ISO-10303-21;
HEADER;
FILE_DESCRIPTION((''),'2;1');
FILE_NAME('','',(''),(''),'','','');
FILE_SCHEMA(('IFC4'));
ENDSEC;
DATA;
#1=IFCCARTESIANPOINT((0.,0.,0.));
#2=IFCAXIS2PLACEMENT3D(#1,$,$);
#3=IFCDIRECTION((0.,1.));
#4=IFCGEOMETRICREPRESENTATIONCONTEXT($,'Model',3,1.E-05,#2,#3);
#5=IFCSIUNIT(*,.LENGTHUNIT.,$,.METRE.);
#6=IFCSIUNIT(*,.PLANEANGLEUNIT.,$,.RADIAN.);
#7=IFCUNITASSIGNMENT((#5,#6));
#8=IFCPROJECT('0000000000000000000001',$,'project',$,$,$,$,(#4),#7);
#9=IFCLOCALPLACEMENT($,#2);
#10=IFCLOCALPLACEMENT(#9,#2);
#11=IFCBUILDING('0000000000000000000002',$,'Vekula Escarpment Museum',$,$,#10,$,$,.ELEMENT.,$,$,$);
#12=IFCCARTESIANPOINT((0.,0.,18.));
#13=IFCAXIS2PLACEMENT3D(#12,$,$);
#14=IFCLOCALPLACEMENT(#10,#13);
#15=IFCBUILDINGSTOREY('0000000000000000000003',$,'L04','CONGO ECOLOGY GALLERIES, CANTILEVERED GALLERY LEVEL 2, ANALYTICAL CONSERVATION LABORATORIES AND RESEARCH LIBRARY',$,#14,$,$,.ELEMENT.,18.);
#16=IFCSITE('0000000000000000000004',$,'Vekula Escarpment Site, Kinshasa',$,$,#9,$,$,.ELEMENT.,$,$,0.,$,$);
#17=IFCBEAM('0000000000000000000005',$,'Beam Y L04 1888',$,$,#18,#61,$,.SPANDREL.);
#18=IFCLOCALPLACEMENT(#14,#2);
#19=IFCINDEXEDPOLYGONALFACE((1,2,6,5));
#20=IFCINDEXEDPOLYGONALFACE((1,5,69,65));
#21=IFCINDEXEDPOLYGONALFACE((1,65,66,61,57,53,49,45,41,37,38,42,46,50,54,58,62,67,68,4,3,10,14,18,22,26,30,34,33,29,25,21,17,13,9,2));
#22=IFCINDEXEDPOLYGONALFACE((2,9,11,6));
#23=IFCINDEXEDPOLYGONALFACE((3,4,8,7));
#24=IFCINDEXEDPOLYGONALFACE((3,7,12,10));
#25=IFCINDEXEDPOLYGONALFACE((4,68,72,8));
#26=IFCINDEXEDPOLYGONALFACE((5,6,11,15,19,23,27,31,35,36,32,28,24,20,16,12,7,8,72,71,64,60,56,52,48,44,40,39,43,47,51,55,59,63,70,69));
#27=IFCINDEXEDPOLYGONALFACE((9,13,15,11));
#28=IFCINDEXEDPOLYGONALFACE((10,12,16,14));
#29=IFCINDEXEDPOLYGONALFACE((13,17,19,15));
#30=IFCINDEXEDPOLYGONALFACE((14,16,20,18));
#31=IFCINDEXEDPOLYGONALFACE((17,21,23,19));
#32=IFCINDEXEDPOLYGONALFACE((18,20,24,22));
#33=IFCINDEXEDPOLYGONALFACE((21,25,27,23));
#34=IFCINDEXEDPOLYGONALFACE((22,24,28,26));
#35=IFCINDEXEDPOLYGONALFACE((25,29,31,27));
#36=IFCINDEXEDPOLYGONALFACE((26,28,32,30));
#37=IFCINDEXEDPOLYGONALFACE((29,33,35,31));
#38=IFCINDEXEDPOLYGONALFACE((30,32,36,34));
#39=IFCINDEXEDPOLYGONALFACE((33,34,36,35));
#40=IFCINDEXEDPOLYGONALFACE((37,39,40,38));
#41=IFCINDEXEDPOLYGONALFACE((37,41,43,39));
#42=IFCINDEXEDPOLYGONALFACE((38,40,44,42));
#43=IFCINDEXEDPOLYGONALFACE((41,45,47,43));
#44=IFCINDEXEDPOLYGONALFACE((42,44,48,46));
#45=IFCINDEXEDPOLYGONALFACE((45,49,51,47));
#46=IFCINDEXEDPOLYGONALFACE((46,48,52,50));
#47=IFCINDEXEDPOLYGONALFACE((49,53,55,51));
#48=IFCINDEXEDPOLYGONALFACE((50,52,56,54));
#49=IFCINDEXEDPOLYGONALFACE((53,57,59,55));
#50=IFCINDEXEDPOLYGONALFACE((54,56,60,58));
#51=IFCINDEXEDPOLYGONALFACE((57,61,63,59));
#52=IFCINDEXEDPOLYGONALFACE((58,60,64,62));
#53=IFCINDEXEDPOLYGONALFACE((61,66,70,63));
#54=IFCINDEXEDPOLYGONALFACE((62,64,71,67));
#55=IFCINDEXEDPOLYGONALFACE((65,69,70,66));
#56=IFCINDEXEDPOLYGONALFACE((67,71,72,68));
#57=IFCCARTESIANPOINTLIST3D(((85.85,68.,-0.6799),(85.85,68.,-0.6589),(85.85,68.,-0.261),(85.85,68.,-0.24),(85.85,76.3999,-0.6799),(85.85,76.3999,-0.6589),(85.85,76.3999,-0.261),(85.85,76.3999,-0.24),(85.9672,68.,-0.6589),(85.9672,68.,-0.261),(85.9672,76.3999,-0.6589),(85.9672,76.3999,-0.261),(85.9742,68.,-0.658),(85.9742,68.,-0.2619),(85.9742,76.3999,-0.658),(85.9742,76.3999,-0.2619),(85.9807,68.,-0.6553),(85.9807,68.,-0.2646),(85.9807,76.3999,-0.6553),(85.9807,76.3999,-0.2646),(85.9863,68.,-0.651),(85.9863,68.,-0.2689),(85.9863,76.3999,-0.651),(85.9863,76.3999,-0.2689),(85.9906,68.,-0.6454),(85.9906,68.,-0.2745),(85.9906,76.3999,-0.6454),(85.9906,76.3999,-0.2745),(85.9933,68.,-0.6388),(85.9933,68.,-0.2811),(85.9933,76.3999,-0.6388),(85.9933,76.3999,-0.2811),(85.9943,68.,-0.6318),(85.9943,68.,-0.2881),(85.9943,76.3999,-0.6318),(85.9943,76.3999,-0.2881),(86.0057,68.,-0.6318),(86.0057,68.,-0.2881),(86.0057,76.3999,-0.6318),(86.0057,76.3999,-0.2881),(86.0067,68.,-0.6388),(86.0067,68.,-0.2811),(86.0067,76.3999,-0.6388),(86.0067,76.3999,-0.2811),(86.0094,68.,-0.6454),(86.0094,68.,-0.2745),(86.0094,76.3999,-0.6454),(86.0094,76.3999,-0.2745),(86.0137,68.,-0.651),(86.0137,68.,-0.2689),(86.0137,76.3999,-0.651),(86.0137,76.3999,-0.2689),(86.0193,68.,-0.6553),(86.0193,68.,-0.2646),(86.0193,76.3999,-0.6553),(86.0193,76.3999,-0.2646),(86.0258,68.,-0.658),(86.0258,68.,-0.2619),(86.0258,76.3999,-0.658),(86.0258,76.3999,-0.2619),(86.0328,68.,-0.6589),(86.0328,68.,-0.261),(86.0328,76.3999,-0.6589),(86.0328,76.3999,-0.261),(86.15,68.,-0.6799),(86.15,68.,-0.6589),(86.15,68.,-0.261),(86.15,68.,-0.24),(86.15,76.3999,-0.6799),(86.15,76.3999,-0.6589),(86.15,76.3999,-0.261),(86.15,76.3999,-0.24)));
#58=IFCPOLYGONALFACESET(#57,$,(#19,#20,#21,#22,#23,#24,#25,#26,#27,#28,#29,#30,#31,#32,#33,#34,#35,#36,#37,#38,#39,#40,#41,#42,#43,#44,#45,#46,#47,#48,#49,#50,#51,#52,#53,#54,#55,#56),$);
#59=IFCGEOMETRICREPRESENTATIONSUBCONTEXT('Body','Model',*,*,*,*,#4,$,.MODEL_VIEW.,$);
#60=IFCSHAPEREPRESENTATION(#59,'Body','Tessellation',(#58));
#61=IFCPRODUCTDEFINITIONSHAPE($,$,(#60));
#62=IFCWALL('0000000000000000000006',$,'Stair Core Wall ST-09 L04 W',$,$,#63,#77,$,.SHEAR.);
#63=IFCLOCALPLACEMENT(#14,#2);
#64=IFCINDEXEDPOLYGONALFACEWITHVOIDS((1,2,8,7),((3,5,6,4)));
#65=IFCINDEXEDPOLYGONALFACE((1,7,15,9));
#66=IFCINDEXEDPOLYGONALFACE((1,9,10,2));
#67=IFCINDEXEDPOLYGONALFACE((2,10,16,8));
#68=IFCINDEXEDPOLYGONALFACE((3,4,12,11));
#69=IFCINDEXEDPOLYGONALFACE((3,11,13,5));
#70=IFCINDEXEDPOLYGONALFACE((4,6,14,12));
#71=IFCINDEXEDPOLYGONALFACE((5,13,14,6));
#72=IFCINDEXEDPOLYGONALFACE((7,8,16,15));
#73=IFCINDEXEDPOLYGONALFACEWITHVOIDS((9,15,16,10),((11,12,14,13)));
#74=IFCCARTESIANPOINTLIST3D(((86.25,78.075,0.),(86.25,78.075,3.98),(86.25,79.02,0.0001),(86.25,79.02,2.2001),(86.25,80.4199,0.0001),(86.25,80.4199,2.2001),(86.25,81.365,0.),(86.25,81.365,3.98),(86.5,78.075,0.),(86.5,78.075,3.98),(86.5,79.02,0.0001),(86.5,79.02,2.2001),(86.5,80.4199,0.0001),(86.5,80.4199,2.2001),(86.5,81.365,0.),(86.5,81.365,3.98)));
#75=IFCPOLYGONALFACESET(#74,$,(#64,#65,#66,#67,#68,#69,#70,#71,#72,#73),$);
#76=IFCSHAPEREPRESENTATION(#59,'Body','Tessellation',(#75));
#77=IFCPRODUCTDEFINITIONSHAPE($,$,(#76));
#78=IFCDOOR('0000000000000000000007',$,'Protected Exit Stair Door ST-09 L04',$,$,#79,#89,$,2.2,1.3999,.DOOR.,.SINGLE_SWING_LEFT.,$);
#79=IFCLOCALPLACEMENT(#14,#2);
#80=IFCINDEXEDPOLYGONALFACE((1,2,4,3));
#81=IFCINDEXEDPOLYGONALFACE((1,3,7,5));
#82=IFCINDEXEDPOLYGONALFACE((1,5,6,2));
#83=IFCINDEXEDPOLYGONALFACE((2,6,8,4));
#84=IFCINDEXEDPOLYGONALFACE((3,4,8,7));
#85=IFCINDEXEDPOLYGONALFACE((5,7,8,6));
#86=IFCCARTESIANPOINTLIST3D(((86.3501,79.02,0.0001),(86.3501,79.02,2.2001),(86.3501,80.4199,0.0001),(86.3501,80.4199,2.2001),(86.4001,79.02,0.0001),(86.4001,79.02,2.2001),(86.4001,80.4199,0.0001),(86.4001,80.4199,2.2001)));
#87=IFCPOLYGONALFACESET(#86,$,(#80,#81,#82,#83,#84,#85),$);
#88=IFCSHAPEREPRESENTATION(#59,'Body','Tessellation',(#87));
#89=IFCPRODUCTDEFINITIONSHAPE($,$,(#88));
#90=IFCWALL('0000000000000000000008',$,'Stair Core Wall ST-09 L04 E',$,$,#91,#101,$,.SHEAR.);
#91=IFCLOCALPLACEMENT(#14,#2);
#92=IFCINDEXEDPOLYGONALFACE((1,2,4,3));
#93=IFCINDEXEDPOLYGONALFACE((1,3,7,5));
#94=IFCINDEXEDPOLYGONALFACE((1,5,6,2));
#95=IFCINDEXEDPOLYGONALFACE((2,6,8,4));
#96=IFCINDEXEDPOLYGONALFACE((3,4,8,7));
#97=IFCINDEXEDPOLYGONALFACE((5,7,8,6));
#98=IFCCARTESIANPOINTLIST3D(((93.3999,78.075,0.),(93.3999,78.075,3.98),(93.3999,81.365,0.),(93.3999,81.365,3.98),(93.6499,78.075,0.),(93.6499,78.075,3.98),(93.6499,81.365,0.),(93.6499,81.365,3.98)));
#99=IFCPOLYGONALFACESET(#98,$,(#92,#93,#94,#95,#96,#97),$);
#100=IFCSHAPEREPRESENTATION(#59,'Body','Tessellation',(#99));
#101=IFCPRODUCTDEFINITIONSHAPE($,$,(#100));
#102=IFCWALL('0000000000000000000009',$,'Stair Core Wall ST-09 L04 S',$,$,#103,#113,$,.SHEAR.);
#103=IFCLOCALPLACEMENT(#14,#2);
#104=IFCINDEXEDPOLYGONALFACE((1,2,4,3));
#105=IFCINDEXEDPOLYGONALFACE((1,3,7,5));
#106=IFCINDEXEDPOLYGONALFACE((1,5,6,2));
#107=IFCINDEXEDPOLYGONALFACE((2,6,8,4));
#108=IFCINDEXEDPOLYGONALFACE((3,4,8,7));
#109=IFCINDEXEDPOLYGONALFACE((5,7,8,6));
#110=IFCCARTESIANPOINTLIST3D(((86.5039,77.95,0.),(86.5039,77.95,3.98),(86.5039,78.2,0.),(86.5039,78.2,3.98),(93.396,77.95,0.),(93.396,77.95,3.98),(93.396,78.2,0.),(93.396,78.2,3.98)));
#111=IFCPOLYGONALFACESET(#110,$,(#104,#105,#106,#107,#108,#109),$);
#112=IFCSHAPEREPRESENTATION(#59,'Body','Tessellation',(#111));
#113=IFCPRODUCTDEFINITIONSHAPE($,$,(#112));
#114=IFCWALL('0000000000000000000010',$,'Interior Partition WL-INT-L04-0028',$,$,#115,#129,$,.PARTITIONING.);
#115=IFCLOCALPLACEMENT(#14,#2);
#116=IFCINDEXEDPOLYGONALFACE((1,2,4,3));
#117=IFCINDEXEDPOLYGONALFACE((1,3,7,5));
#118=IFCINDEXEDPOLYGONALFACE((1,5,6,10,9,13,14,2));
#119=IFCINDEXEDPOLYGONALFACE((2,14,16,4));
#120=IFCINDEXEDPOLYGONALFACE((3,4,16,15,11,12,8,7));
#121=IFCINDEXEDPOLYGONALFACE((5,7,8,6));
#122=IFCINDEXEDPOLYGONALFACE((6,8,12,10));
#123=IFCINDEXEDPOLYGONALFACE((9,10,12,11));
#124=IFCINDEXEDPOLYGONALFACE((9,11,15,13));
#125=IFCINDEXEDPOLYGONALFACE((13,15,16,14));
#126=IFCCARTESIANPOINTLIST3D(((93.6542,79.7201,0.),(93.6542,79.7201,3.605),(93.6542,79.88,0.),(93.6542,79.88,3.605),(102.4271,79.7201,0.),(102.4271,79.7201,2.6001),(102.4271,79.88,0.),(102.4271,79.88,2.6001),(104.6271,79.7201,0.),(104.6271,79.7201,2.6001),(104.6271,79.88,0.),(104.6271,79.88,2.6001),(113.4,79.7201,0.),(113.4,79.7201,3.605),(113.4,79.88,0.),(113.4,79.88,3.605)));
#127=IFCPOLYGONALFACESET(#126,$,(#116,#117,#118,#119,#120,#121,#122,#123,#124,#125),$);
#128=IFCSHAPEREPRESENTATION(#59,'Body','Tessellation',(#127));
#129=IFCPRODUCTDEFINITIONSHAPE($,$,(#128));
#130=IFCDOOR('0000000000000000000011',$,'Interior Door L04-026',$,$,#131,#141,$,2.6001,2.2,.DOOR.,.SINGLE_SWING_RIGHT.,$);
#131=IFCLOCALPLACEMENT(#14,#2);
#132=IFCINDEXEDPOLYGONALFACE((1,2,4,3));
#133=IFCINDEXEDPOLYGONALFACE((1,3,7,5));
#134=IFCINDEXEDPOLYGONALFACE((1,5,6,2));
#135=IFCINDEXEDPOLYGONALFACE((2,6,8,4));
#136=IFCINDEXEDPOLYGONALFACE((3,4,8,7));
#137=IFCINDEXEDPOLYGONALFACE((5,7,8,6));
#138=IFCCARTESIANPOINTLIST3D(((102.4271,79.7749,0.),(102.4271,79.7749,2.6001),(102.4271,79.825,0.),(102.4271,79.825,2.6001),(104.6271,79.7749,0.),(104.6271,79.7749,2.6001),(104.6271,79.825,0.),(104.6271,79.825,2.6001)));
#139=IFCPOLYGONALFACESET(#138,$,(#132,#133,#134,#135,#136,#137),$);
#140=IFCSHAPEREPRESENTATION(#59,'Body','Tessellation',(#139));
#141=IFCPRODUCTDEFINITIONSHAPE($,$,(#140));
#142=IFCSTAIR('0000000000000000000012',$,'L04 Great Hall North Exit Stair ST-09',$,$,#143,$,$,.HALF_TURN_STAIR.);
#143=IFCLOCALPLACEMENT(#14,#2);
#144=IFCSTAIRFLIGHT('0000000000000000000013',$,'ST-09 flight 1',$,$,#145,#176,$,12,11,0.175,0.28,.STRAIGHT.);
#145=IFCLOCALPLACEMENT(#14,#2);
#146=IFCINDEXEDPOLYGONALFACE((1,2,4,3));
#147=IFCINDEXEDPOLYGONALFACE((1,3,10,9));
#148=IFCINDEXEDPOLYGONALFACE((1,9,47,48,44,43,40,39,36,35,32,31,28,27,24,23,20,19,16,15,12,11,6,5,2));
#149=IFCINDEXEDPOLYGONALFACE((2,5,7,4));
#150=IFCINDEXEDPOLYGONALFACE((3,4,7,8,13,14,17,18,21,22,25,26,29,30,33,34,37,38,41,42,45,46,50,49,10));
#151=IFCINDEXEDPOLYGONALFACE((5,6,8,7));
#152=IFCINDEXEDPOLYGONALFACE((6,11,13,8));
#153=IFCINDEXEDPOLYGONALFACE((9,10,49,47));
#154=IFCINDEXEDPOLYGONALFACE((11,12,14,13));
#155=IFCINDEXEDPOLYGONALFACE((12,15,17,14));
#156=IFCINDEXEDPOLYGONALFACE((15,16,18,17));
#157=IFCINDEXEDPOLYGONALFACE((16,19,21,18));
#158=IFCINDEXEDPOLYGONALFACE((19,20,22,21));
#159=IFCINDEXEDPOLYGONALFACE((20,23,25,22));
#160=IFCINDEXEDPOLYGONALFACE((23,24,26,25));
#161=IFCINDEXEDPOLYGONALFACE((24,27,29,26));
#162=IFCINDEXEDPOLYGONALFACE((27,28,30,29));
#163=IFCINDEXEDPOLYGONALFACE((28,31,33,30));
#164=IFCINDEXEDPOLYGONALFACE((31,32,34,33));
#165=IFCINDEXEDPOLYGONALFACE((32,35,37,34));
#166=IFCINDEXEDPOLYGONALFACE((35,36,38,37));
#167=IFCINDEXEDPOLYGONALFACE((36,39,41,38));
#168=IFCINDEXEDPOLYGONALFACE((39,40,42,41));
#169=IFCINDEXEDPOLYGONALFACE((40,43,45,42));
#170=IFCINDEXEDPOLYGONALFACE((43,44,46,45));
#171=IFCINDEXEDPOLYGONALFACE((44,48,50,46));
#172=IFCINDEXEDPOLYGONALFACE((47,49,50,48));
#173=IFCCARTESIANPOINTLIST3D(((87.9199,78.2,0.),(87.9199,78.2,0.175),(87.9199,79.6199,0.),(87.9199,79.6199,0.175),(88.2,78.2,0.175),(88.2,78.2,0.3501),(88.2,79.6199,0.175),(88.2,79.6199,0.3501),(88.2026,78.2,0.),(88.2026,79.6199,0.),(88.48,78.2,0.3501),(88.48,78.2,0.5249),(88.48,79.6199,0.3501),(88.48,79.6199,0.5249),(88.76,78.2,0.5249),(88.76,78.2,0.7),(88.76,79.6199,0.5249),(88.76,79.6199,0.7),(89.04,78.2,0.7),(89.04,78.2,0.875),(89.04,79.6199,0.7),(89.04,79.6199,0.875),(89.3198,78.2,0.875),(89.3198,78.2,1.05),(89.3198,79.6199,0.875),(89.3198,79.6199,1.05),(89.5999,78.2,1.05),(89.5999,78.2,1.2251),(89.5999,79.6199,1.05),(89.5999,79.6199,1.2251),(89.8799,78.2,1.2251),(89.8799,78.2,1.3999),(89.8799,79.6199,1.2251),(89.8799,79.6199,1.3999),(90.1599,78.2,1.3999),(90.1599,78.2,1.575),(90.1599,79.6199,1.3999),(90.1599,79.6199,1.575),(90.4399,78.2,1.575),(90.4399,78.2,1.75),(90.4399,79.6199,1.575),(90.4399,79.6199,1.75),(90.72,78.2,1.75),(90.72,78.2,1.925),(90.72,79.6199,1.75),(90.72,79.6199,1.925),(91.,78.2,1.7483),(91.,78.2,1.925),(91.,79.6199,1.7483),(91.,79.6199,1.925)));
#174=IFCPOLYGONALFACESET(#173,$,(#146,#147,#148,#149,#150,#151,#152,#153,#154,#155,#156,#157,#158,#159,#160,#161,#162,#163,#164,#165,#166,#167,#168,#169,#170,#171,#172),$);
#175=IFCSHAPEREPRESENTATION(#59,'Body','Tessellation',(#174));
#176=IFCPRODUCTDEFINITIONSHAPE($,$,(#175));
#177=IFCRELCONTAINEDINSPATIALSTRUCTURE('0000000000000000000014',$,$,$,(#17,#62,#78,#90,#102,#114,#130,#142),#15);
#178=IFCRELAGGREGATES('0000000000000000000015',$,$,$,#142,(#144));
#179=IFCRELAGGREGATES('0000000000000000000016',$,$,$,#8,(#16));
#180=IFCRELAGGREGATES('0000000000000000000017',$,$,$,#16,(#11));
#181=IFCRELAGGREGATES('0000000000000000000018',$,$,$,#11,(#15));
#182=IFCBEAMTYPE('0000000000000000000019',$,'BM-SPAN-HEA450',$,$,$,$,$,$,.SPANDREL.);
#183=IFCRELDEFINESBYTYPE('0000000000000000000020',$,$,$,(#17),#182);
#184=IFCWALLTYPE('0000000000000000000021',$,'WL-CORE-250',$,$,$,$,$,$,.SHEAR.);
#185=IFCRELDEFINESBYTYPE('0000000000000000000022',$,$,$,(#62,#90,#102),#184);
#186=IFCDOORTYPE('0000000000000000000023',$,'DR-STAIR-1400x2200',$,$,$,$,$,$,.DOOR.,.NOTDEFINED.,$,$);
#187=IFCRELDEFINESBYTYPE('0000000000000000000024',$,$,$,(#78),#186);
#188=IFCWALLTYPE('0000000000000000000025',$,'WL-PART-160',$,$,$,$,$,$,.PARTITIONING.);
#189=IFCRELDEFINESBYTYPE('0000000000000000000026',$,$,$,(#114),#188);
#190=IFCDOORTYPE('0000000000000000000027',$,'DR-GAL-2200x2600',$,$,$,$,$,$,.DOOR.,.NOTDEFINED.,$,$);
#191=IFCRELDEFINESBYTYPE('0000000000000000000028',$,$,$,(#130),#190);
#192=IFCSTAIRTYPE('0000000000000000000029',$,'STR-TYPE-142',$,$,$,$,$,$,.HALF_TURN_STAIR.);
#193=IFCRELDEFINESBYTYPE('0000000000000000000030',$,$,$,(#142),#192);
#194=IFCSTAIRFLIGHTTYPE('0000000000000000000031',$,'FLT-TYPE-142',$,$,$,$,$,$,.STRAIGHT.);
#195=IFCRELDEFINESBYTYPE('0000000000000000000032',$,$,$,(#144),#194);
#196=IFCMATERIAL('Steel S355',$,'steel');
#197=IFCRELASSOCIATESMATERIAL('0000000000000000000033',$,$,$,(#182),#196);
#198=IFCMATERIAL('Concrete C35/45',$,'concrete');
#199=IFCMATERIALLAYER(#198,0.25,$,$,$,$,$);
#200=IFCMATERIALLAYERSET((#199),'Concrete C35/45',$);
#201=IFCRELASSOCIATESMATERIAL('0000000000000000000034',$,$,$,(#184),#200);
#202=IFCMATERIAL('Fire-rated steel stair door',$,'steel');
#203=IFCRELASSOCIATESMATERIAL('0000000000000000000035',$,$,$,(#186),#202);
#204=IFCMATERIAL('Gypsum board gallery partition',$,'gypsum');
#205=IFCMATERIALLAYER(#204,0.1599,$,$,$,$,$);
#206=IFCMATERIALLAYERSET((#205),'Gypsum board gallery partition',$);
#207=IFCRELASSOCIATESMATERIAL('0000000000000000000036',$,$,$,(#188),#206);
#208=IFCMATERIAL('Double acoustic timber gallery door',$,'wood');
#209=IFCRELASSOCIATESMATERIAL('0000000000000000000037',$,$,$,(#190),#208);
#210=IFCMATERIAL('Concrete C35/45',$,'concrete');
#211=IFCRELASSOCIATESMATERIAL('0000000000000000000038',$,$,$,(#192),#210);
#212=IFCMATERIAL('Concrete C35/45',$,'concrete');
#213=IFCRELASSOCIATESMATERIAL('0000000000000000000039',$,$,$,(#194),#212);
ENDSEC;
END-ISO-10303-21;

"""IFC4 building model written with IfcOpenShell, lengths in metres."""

from ifc_helpers import new_model, si_unit, direction, frame, frame_2d, origin, origin_2d, place, context, subcontext, project, spatial, polyline, rectangle, i_section, outline, extrude, material, layer, layer_set, material_profile, profile_set, type_object, element, fill, aggregate, save


model = new_model("IFC4")

# Units and contexts
model_context = context("Model", 3, precision=1e-05, world=origin(), true_north=direction((0.0, 1.0)))
body_context = subcontext(model_context, "Body", "Model", "MODEL_VIEW")
ifc_project = project(units=[si_unit("LENGTHUNIT", "METRE"), si_unit("PLANEANGLEUNIT", "RADIAN")], contexts=[model_context])

# Site, building, storey
site_placement = place(None, origin())
site = spatial("IfcSite", under=ifc_project, at=site_placement, Name="Vekula Escarpment Site, Kinshasa", CompositionType="ELEMENT", RefElevation=0.0)
building_placement = place(site_placement, origin())
building = spatial("IfcBuilding", under=site, at=building_placement, Name="Vekula Escarpment Museum", CompositionType="ELEMENT")
storey_placement = place(building_placement, frame((0.0, 0.0, 18.0)))
storey = spatial("IfcBuildingStorey", under=building, at=storey_placement, Name="L04", Description="CONGO ECOLOGY GALLERIES, CANTILEVERED GALLERY LEVEL 2, ANALYTICAL CONSERVATION LABORATORIES AND RESEARCH LIBRARY", CompositionType="ELEMENT", Elevation=18.0)

# Beam
ifc_material_1 = material(Name="Steel S355", Category="steel")
ifc_material_profile_1 = material_profile(ifc_material_1, i_section(OverallWidth=0.3, OverallDepth=0.4399, WebThickness=0.0115, FlangeThickness=0.021, FilletRadius=0.0271, at=origin_2d()), Name="HEA 450")
ifc_profile_set_1 = profile_set([ifc_material_profile_1], Name="Steel S355")
beam_type_1 = type_object("IfcBeamType", Name="BM-SPAN-HEA450", PredefinedType="SPANDREL", material=ifc_profile_set_1)
beam_1_placement = place(storey_placement, frame((86.0, 68.0, -0.46), z_axis=(0.0, 1.0, 0.0), x_axis=(-1.0, 0.0, 0.0)))
element("IfcBeam", 1, at=beam_1_placement, inside=storey, type_object=beam_type_1, Name="Beam Y L04 1888", PredefinedType="SPANDREL", context=body_context, shape_type="SweptSolid", body=[
    extrude(i_section(OverallWidth=0.3, OverallDepth=0.4399, WebThickness=0.0115, FlangeThickness=0.021, FilletRadius=0.0271, at=origin_2d()), origin(), (0.0, 0.0, 1.0), 8.3999),
])

# Wall, opening, door
ifc_material_2 = material(Name="Concrete C35/45", Category="concrete")
ifc_layer_1 = layer(ifc_material_2, 0.25)
ifc_layer_set_1 = layer_set([ifc_layer_1], Name="Concrete C35/45")
wall_type_1 = type_object("IfcWallType", Name="WL-CORE-250", PredefinedType="SHEAR", material=ifc_layer_set_1)
wall_1_placement = place(storey_placement, frame((86.375, 78.075, 0.0), z_axis=(0.0, 0.0, 1.0), x_axis=(0.0, 1.0, 0.0)))
wall_1 = element("IfcWall", 2, at=wall_1_placement, inside=storey, type_object=wall_type_1, Name="Stair Core Wall ST-09 L04 W", PredefinedType="SHEAR", context=body_context, shape_type="SweptSolid", body=[
    extrude(rectangle(XDim=3.29, YDim=0.25, at=frame_2d((1.645, 0.0))), origin(), (0.0, 0.0, 1.0), 3.98),
])
opening_1_placement = place(wall_1_placement, frame((0.9451, 0.0, 0.0)))
opening_1 = element("IfcOpeningElement", 3, at=opening_1_placement, cuts=wall_1, PredefinedType="OPENING", context=body_context, shape_type="SweptSolid", body=[
    extrude(rectangle(XDim=1.3999, YDim=2.2, at=frame_2d((0.7, 1.1001))), frame((0.0, 0.135, 0.0), z_axis=(0.0, -1.0, 0.0), x_axis=(1.0, 0.0, 0.0)), (0.0, 0.0, 1.0), 0.27),
])
ifc_material_3 = material(Name="Fire-rated steel stair door", Category="steel")
door_type_1 = type_object("IfcDoorType", Name="DR-STAIR-1400x2200", OperationType="NOTDEFINED", PredefinedType="DOOR", material=ifc_material_3)
door_1_placement = place(opening_1_placement, origin())
door_1 = element("IfcDoor", 4, at=door_1_placement, inside=storey, type_object=door_type_1, Name="Protected Exit Stair Door ST-09 L04", OperationType="SINGLE_SWING_LEFT", OverallHeight=2.2, OverallWidth=1.3999, PredefinedType="DOOR", context=body_context, shape_type="SweptSolid", body=[
    extrude(rectangle(XDim=1.3999, YDim=2.2, at=frame_2d((0.7, 1.1001))), frame((0.0, 0.0249, 0.0), z_axis=(0.0, -1.0, 0.0), x_axis=(1.0, 0.0, 0.0)), (0.0, 0.0, 1.0), 0.05),
])
fill(opening_1, door_1)

# Walls
wall_2_placement = place(storey_placement, frame((93.5249, 78.075, 0.0), z_axis=(0.0, 0.0, 1.0), x_axis=(0.0, 1.0, 0.0)))
element("IfcWall", 5, at=wall_2_placement, inside=storey, type_object=wall_type_1, Name="Stair Core Wall ST-09 L04 E", PredefinedType="SHEAR", context=body_context, shape_type="SweptSolid", body=[
    extrude(rectangle(XDim=3.29, YDim=0.25, at=frame_2d((1.645, 0.0))), origin(), (0.0, 0.0, 1.0), 3.98),
])
wall_3_placement = place(storey_placement, frame((86.5039, 78.075, 0.0), z_axis=(0.0, 0.0, 1.0), x_axis=(1.0, 0.0, 0.0)))
element("IfcWall", 6, at=wall_3_placement, inside=storey, type_object=wall_type_1, Name="Stair Core Wall ST-09 L04 S", PredefinedType="SHEAR", context=body_context, shape_type="SweptSolid", body=[
    extrude(rectangle(XDim=6.8921, YDim=0.25, at=frame_2d((3.446, 0.0))), origin(), (0.0, 0.0, 1.0), 3.98),
])

# Wall, opening, door
ifc_material_4 = material(Name="Gypsum board gallery partition", Category="gypsum")
ifc_layer_2 = layer(ifc_material_4, 0.1599)
ifc_layer_set_2 = layer_set([ifc_layer_2], Name="Gypsum board gallery partition")
wall_type_2 = type_object("IfcWallType", Name="WL-PART-160", PredefinedType="PARTITIONING", material=ifc_layer_set_2)
wall_4_placement = place(storey_placement, frame((93.6541, 79.8, 0.0), z_axis=(0.0, 0.0, 1.0), x_axis=(1.0, 0.0, 0.0)))
wall_4 = element("IfcWall", 7, at=wall_4_placement, inside=storey, type_object=wall_type_2, Name="Interior Partition WL-INT-L04-0028", PredefinedType="PARTITIONING", context=body_context, shape_type="SweptSolid", body=[
    extrude(rectangle(XDim=19.7458, YDim=0.1599, at=frame_2d((9.873, 0.0))), origin(), (0.0, 0.0, 1.0), 3.605),
])
opening_2_placement = place(wall_4_placement, frame((8.7729, 0.0, 0.0)))
opening_2 = element("IfcOpeningElement", 8, at=opening_2_placement, cuts=wall_4, PredefinedType="OPENING", context=body_context, shape_type="SweptSolid", body=[
    extrude(rectangle(XDim=2.2, YDim=2.6001, at=frame_2d((1.1001, 1.3))), frame((0.0, 0.0898, 0.0), z_axis=(0.0, -1.0, 0.0), x_axis=(1.0, 0.0, 0.0)), (0.0, 0.0, 1.0), 0.1799),
])
ifc_material_5 = material(Name="Double acoustic timber gallery door", Category="wood")
door_type_2 = type_object("IfcDoorType", Name="DR-GAL-2200x2600", OperationType="NOTDEFINED", PredefinedType="DOOR", material=ifc_material_5)
door_2_placement = place(opening_2_placement, origin())
door_2 = element("IfcDoor", 9, at=door_2_placement, inside=storey, type_object=door_type_2, Name="Interior Door L04-026", OperationType="SINGLE_SWING_RIGHT", OverallHeight=2.6001, OverallWidth=2.2, PredefinedType="DOOR", context=body_context, shape_type="SweptSolid", body=[
    extrude(rectangle(XDim=2.2, YDim=2.6001, at=frame_2d((1.1001, 1.3))), frame((0.0, 0.0249, 0.0), z_axis=(0.0, -1.0, 0.0), x_axis=(1.0, 0.0, 0.0)), (0.0, 0.0, 1.0), 0.05),
])
fill(opening_2, door_2)

# Stair, stair flight
ifc_material_6 = material(Name="Concrete C35/45", Category="concrete")
stair_type = type_object("IfcStairType", Name="STR-TYPE-142", PredefinedType="HALF_TURN_STAIR", material=ifc_material_6)
stair_placement = place(storey_placement, origin())
stair = element("IfcStair", 10, at=stair_placement, inside=storey, type_object=stair_type, Name="L04 Great Hall North Exit Stair ST-09", PredefinedType="HALF_TURN_STAIR")
ifc_material_7 = material(Name="Concrete C35/45", Category="concrete")
stair_flight_type = type_object("IfcStairFlightType", Name="FLT-TYPE-142", PredefinedType="STRAIGHT", material=ifc_material_7)
stair_flight_placement = place(storey_placement, frame((87.9199, 78.9099, 0.0), z_axis=(0.0, 0.0, 1.0), x_axis=(1.0, 0.0, 0.0)))
stair_flight = element("IfcStairFlight", 11, at=stair_flight_placement, type_object=stair_flight_type, Name="ST-09 flight 1", NumberOfRisers=12, NumberOfTreads=11, PredefinedType="STRAIGHT", RiserHeight=0.175, TreadLength=0.28, context=body_context, shape_type="SweptSolid", body=[
    extrude(outline(polyline([(0.0, 0.0), (0.0, 0.175), (0.28, 0.175), (0.28, 0.3501), (0.5601, 0.3501), (0.5601, 0.5249), (0.8401, 0.5249), (0.8401, 0.7), (1.1201, 0.7), (1.1201, 0.875), (1.3999, 0.875), (1.3999, 1.05), (1.6799, 1.05), (1.6799, 1.2251), (1.96, 1.2251), (1.96, 1.3999), (2.24, 1.3999), (2.24, 1.575), (2.52, 1.575), (2.52, 1.75), (2.8, 1.75), (2.8, 1.925), (3.0801, 1.925), (3.0801, 2.1001), (3.0801, 1.7483), (0.2827, 0.0), (0.0, 0.0)])), frame((0.0, 0.71, 0.0), z_axis=(0.0, -1.0, 0.0), x_axis=(1.0, 0.0, 0.0)), (0.0, 0.0, 1.0), 1.4199),
])
aggregate(stair, [stair_flight])

save(model, "model.ifc")
